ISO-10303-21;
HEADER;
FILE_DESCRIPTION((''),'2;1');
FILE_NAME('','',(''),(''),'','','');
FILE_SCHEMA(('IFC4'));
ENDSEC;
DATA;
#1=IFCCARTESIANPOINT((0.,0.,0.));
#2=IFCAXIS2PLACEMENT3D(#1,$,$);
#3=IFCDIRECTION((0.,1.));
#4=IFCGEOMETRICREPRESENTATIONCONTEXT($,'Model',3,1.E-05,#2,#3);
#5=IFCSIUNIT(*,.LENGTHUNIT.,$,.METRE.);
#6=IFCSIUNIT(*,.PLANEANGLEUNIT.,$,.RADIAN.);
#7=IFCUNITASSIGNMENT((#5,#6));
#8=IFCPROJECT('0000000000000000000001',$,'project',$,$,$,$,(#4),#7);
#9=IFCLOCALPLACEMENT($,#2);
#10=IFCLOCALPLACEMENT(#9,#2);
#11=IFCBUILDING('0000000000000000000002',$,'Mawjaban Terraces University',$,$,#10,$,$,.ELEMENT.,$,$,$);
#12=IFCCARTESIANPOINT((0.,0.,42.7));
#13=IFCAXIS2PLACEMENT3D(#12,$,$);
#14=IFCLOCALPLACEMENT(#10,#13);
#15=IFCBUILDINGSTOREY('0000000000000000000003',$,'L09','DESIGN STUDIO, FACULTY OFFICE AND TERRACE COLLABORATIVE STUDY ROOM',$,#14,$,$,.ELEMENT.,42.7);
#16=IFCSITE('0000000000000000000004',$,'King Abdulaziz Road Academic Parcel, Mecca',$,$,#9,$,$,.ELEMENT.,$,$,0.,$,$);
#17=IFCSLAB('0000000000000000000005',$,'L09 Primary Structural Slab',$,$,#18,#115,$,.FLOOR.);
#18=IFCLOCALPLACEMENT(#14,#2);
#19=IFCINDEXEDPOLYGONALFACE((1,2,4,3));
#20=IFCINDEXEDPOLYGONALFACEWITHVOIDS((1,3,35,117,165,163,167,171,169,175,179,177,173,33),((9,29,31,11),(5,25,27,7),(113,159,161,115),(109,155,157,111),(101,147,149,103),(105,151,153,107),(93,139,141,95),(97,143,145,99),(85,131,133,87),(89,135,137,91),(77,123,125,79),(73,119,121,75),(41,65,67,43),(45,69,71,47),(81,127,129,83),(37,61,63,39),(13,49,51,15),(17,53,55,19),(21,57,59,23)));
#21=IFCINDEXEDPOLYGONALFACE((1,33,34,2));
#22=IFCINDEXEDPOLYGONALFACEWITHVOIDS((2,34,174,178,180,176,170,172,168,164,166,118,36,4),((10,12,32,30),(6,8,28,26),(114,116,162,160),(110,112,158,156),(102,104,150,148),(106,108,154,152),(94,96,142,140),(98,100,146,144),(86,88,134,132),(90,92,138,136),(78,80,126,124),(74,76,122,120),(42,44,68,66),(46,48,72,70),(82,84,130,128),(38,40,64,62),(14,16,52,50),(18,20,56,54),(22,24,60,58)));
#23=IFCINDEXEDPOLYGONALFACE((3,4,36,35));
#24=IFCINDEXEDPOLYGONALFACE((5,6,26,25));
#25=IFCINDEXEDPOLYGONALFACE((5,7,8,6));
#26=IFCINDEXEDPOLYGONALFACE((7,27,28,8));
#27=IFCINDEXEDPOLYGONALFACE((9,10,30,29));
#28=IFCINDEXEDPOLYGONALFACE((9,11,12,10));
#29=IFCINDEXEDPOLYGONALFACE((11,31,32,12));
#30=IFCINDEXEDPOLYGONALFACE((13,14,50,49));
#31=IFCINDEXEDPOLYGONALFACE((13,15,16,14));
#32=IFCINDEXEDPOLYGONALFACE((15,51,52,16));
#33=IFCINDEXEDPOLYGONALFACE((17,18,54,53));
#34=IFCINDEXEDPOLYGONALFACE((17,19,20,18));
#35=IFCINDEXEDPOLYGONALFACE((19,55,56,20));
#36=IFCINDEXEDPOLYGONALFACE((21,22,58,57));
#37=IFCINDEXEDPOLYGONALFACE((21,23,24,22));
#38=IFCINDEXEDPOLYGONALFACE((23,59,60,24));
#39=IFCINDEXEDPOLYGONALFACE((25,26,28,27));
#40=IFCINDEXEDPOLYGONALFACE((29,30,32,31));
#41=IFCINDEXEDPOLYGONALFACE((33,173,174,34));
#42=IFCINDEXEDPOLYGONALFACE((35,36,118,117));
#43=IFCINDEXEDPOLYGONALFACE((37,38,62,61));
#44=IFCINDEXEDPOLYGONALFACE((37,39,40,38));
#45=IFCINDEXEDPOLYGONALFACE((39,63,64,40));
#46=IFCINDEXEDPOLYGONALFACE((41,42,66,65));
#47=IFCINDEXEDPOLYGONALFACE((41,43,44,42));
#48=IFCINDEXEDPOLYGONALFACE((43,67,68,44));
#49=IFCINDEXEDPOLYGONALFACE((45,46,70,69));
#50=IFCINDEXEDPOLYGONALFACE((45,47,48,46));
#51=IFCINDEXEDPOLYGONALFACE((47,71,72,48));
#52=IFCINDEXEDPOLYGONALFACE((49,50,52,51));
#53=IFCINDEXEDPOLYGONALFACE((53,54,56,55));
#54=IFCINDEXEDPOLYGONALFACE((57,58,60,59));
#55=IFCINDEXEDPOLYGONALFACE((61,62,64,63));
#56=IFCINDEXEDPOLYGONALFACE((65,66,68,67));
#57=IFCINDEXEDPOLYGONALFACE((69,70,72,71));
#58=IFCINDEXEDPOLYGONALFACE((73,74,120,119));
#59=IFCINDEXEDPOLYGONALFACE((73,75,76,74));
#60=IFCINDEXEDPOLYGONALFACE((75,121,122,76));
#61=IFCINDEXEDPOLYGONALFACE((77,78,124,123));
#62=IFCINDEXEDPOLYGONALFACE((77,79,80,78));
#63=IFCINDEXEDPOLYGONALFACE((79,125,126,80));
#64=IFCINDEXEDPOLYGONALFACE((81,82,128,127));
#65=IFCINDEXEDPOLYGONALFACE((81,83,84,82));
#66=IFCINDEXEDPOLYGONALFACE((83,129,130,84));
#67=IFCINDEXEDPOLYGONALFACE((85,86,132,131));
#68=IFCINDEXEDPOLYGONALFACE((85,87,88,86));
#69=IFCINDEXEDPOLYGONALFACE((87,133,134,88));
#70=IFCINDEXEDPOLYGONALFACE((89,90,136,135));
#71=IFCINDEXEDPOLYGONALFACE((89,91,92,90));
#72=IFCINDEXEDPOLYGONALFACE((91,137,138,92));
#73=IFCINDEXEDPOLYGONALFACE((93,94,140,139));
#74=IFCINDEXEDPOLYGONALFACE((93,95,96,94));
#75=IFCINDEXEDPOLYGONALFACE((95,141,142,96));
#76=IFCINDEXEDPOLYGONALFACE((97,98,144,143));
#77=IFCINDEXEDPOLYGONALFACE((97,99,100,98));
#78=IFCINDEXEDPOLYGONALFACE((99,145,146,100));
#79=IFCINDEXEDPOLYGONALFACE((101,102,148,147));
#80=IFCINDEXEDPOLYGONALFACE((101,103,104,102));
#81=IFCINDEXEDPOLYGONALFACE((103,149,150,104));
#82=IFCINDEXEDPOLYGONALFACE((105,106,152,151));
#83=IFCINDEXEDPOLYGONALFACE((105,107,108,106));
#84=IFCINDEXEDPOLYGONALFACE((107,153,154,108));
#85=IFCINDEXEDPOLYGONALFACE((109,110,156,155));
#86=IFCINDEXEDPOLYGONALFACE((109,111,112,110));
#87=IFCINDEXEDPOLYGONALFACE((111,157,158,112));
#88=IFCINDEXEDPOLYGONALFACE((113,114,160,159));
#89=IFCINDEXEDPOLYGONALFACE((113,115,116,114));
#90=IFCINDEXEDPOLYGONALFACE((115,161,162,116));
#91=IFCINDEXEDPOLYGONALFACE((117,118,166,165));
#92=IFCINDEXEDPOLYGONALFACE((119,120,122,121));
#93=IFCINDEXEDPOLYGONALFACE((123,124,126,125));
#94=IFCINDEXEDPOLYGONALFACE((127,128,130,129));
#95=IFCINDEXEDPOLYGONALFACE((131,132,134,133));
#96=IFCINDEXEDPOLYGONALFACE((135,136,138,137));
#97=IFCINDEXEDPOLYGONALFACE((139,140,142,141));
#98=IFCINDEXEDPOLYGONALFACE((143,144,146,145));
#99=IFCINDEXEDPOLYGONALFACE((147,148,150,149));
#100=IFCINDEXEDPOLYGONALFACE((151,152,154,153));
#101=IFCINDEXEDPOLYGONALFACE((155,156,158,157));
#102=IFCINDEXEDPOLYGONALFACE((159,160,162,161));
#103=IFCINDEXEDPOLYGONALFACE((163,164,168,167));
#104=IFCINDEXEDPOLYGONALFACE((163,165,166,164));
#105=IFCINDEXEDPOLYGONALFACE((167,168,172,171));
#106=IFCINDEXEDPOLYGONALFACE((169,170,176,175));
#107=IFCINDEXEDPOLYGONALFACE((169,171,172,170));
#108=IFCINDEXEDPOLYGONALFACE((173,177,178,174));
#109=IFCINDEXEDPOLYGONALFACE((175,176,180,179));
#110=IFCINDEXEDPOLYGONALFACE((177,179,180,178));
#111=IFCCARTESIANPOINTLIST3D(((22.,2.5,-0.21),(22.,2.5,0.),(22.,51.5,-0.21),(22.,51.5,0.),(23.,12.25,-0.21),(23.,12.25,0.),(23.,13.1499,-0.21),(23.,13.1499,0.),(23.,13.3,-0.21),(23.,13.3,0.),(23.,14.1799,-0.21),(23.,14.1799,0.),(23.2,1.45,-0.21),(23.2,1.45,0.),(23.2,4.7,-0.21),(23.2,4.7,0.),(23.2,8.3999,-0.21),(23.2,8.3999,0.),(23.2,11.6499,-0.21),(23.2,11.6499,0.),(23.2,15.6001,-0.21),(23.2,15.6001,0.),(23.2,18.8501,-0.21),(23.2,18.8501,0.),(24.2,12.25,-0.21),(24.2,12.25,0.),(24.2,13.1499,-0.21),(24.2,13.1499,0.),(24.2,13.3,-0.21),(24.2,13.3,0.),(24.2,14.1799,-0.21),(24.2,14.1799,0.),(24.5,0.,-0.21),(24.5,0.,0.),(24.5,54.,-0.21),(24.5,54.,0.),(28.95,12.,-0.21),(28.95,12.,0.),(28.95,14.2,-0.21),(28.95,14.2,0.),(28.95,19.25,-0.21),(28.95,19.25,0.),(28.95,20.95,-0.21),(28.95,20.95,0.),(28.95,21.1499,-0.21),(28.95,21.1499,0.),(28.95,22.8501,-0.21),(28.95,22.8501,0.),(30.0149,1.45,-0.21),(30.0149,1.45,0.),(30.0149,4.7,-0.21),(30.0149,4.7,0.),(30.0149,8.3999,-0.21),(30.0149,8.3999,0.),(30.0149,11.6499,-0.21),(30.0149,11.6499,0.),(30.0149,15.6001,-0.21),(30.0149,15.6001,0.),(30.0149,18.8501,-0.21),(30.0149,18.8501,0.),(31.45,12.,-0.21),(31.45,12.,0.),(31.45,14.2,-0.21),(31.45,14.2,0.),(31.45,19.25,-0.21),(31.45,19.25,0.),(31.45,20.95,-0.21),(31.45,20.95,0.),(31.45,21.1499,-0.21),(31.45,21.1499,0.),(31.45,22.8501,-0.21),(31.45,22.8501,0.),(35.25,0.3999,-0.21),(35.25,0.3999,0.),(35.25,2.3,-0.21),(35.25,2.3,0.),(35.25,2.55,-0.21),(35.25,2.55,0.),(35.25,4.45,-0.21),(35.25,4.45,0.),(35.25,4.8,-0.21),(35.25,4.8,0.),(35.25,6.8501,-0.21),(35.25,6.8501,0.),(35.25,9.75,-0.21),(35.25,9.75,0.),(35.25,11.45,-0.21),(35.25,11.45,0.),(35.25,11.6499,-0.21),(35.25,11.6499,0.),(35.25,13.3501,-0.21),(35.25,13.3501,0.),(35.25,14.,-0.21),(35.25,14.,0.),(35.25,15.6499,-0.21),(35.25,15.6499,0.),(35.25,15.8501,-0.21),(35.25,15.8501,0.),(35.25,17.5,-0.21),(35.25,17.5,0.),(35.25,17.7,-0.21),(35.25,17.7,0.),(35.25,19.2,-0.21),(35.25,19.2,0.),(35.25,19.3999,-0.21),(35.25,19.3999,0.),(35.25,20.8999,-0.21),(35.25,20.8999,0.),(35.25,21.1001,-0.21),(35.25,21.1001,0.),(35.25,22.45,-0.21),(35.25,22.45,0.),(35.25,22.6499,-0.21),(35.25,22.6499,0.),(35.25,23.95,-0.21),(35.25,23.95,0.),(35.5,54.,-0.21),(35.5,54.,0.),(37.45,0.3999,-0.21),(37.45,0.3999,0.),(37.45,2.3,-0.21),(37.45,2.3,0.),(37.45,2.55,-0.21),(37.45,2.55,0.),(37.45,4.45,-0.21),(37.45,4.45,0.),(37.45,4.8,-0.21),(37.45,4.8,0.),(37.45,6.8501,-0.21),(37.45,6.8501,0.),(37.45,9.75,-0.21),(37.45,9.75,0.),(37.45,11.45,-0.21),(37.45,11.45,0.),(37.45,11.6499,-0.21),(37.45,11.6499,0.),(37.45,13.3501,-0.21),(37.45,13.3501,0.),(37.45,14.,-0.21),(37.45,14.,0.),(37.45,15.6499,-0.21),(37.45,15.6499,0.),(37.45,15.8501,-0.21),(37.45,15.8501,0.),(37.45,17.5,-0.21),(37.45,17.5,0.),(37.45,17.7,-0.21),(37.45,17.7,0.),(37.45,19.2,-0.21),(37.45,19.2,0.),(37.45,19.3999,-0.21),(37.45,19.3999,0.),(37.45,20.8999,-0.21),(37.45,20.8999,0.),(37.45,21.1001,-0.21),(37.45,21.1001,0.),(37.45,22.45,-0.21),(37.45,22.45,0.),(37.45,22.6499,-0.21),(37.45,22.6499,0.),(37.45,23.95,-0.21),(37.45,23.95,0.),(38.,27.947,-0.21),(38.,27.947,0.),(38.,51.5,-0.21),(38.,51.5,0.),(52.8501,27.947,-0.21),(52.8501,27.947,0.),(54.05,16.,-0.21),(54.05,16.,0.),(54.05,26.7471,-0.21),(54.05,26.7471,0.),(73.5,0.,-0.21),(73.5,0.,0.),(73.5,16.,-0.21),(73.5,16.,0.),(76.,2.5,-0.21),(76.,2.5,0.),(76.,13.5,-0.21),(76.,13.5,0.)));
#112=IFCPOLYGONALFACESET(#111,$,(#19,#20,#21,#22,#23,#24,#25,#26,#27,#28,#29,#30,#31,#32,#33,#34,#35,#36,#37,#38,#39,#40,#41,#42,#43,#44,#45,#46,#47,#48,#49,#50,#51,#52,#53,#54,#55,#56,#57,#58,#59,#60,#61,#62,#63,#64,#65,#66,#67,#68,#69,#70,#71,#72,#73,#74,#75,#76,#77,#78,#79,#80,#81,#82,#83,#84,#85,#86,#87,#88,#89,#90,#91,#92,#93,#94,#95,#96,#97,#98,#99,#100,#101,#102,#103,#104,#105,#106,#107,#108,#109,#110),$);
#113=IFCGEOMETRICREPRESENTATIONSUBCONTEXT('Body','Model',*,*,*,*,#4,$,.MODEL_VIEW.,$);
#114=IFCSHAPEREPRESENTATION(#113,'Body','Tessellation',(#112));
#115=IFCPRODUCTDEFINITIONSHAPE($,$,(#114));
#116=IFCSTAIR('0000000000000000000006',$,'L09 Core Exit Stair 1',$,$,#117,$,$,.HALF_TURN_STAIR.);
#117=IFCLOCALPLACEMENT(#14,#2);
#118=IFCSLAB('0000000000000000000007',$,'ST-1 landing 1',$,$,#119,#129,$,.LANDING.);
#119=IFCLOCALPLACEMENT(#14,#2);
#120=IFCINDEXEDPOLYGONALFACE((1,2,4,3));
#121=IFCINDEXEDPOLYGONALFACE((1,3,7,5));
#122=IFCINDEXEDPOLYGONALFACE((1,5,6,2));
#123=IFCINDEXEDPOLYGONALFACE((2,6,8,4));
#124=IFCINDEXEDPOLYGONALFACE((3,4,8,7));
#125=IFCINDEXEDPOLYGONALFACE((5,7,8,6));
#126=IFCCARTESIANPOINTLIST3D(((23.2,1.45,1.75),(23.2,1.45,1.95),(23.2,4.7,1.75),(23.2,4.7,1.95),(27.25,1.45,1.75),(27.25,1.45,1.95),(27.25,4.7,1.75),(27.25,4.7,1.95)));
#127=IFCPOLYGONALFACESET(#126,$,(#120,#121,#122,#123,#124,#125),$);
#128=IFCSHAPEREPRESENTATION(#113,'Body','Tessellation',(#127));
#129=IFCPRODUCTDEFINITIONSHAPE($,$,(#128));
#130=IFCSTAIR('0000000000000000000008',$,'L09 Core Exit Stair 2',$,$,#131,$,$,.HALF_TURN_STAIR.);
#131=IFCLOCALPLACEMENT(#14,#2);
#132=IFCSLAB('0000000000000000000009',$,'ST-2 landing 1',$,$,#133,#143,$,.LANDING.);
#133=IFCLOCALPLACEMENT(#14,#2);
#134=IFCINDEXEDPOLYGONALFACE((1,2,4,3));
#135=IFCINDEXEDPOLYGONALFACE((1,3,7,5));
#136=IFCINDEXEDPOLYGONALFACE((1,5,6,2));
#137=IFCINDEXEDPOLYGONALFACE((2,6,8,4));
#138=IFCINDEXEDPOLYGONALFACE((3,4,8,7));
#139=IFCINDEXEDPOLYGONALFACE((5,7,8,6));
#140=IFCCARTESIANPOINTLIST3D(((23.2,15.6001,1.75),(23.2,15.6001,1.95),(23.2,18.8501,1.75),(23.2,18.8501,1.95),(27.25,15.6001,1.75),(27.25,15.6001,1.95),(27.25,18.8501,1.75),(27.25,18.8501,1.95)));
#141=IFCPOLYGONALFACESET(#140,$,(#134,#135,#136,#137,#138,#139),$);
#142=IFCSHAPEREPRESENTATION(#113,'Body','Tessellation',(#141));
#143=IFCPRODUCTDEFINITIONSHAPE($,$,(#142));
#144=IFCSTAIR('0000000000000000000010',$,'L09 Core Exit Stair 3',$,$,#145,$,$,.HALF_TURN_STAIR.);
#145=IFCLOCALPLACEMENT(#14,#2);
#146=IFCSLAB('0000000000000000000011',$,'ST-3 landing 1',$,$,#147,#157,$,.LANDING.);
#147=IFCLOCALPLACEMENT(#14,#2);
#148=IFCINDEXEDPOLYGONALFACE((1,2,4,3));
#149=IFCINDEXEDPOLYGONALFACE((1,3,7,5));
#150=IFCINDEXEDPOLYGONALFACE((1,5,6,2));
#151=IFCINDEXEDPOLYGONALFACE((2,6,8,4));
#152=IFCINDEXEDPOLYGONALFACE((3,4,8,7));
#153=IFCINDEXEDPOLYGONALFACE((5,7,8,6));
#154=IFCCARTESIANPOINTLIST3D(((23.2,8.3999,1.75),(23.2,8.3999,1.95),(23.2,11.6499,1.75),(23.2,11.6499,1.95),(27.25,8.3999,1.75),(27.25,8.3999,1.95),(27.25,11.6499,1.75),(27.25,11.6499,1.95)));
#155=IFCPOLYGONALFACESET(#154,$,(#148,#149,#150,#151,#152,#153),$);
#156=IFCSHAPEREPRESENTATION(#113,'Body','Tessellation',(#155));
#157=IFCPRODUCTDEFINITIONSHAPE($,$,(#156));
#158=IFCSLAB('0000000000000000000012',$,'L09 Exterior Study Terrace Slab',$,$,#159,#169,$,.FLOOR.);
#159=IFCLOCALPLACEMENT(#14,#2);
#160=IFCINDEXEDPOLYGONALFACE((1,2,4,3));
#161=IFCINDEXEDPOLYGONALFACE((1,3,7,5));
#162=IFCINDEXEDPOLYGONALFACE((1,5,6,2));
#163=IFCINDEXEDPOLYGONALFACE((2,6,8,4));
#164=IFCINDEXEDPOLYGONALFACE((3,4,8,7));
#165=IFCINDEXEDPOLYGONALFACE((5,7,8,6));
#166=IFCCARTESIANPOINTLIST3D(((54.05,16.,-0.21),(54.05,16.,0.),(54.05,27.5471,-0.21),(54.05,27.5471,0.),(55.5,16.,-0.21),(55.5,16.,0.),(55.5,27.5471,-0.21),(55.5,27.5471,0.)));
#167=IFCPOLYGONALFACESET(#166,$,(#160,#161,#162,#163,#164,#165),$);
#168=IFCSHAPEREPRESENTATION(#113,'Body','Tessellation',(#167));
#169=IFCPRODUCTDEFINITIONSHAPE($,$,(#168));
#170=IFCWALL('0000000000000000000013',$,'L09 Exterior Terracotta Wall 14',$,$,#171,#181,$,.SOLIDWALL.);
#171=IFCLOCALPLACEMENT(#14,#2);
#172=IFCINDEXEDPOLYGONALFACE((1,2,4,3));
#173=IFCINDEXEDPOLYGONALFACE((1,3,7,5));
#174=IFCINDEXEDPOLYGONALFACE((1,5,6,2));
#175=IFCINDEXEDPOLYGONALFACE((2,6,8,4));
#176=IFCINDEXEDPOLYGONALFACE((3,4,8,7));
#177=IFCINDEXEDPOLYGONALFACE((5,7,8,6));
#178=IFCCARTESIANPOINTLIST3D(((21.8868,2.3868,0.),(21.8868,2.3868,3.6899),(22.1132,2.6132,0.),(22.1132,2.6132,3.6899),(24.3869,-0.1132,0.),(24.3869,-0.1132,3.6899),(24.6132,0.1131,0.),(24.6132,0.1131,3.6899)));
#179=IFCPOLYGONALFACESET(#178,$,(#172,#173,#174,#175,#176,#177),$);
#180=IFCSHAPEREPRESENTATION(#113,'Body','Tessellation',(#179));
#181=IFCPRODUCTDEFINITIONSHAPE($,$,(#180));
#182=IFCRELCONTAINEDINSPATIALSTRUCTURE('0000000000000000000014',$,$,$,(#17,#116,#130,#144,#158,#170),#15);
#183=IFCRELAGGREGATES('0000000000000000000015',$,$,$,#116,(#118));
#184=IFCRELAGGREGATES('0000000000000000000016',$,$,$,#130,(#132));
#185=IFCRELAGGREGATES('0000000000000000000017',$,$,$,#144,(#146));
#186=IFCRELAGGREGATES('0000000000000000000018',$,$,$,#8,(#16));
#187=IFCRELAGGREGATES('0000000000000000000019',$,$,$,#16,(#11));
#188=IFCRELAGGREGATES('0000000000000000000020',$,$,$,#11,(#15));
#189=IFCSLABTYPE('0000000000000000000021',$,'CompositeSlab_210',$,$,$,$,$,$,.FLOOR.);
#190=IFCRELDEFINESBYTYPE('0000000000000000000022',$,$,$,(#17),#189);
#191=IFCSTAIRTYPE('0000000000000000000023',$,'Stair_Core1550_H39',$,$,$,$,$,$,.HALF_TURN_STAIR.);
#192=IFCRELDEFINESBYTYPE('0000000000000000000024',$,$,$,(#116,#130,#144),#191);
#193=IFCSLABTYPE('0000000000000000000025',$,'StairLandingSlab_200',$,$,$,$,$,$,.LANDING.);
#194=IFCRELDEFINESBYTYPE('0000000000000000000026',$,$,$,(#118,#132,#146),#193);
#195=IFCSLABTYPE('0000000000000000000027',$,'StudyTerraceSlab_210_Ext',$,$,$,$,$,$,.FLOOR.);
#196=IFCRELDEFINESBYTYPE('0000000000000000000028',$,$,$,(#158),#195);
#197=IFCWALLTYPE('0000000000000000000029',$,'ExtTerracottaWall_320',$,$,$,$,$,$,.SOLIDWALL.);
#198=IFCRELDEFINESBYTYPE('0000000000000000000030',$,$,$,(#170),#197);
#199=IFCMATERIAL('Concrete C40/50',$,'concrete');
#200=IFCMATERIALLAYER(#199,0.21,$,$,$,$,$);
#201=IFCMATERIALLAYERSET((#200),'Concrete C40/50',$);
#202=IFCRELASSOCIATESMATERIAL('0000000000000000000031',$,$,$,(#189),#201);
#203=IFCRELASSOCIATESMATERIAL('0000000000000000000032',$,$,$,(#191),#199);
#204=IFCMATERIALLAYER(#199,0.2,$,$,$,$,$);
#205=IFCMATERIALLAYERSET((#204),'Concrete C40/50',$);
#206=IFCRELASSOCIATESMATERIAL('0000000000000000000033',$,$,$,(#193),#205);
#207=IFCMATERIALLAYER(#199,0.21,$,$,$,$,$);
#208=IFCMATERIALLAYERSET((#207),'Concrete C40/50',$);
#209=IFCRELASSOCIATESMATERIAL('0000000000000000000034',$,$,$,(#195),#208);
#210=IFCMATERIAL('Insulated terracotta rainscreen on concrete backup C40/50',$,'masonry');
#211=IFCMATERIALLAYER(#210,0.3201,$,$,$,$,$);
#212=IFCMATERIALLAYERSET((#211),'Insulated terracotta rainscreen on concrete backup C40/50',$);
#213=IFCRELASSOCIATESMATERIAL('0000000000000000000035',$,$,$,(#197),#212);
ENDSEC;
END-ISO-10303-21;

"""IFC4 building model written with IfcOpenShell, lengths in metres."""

from ifc_helpers import new_model, si_unit, direction, frame, frame_2d, origin, place, context, subcontext, project, spatial, polyline, rectangle, outline, extrude, material, layer, layer_set, type_object, element, aggregate, save


model = new_model("IFC4")

# Units and contexts
model_context = context("Model", 3, precision=1e-05, world=origin(), true_north=direction((0.0, 1.0)))
body_context = subcontext(model_context, "Body", "Model", "MODEL_VIEW")
ifc_project = project(units=[si_unit("LENGTHUNIT", "METRE"), si_unit("PLANEANGLEUNIT", "RADIAN")], contexts=[model_context])

# Site, building, storey
site_placement = place(None, origin())
site = spatial("IfcSite", under=ifc_project, at=site_placement, Name="King Abdulaziz Road Academic Parcel, Mecca", CompositionType="ELEMENT", RefElevation=0.0)
building_placement = place(site_placement, origin())
building = spatial("IfcBuilding", under=site, at=building_placement, Name="Mawjaban Terraces University", CompositionType="ELEMENT")
storey_placement = place(building_placement, frame((0.0, 0.0, 42.7)))
storey = spatial("IfcBuildingStorey", under=building, at=storey_placement, Name="L09", Description="DESIGN STUDIO, FACULTY OFFICE AND TERRACE COLLABORATIVE STUDY ROOM", CompositionType="ELEMENT", Elevation=42.7)

# Slab
ifc_material_1 = material(Name="Concrete C40/50", Category="concrete")
ifc_layer_1 = layer(ifc_material_1, 0.21)
ifc_layer_set_1 = layer_set([ifc_layer_1], Name="Concrete C40/50")
slab_type_1 = type_object("IfcSlabType", Name="CompositeSlab_210", PredefinedType="FLOOR", material=ifc_layer_set_1)
slab_1_placement = place(storey_placement, frame((0.0, 0.0, -0.21)))
element("IfcSlab", 1, at=slab_1_placement, inside=storey, type_object=slab_type_1, Name="L09 Primary Structural Slab", PredefinedType="FLOOR", context=body_context, shape_type="SweptSolid", body=[
    extrude(outline(polyline([(24.5, 0.0), (73.5, 0.0), (76.0, 2.5), (76.0, 13.5), (73.5, 16.0), (54.05, 16.0), (54.05, 26.7471), (52.8501, 27.947), (38.0, 27.947), (38.0, 51.5), (35.5, 54.0), (24.5, 54.0), (22.0, 51.5), (22.0, 2.5), (24.5, 0.0)]), holes=[polyline([(30.0149, 4.7), (23.2, 4.7), (23.2, 1.45), (30.0149, 1.45), (30.0149, 4.7)]), polyline([(30.0149, 18.8501), (23.2, 18.8501), (23.2, 15.6001), (30.0149, 15.6001), (30.0149, 18.8501)]), polyline([(30.0149, 11.6499), (23.2, 11.6499), (23.2, 8.3999), (30.0149, 8.3999), (30.0149, 11.6499)]), polyline([(35.25, 0.3999), (37.45, 0.3999), (37.45, 2.3), (35.25, 2.3), (35.25, 0.3999)]), polyline([(35.25, 2.55), (37.45, 2.55), (37.45, 4.45), (35.25, 4.45), (35.25, 2.55)]), polyline([(35.25, 4.8), (37.45, 4.8), (37.45, 6.8501), (35.25, 6.8501), (35.25, 4.8)]), polyline([(35.25, 9.75), (37.45, 9.75), (37.45, 11.45), (35.25, 11.45), (35.25, 9.75)]), polyline([(35.25, 11.6499), (37.45, 11.6499), (37.45, 13.3501), (35.25, 13.3501), (35.25, 11.6499)]), polyline([(28.95, 12.0), (31.45, 12.0), (31.45, 14.2), (28.95, 14.2), (28.95, 12.0)]), polyline([(35.25, 14.0), (37.45, 14.0), (37.45, 15.6499), (35.25, 15.6499), (35.25, 14.0)]), polyline([(35.25, 15.8501), (37.45, 15.8501), (37.45, 17.5), (35.25, 17.5), (35.25, 15.8501)]), polyline([(35.25, 17.7), (37.45, 17.7), (37.45, 19.2), (35.25, 19.2), (35.25, 17.7)]), polyline([(35.25, 19.3999), (37.45, 19.3999), (37.45, 20.8999), (35.25, 20.8999), (35.25, 19.3999)]), polyline([(28.95, 19.25), (31.45, 19.25), (31.45, 20.95), (28.95, 20.95), (28.95, 19.25)]), polyline([(35.25, 21.1001), (37.45, 21.1001), (37.45, 22.45), (35.25, 22.45), (35.25, 21.1001)]), polyline([(35.25, 22.6499), (37.45, 22.6499), (37.45, 23.95), (35.25, 23.95), (35.25, 22.6499)]), polyline([(28.95, 21.1499), (31.45, 21.1499), (31.45, 22.8501), (28.95, 22.8501), (28.95, 21.1499)]), polyline([(23.0, 12.25), (24.2, 12.25), (24.2, 13.1499), (23.0, 13.1499), (23.0, 12.25)]), polyline([(23.0, 13.3), (24.2, 13.3), (24.2, 14.1799), (23.0, 14.1799), (23.0, 13.3)])]), origin(), (0.0, 0.0, 1.0), 0.21),
])

# Stairs, slabs
stair_type = type_object("IfcStairType", Name="Stair_Core1550_H39", PredefinedType="HALF_TURN_STAIR", material=ifc_material_1)
stair_1_placement = place(storey_placement, origin())
stair_1 = element("IfcStair", 2, at=stair_1_placement, inside=storey, type_object=stair_type, Name="L09 Core Exit Stair 1", PredefinedType="HALF_TURN_STAIR")
ifc_layer_2 = layer(ifc_material_1, 0.2)
ifc_layer_set_2 = layer_set([ifc_layer_2], Name="Concrete C40/50")
slab_type_2 = type_object("IfcSlabType", Name="StairLandingSlab_200", PredefinedType="LANDING", material=ifc_layer_set_2)
slab_2_placement = place(storey_placement, frame((0.0, 0.0, 1.75)))
slab_2 = element("IfcSlab", 3, at=slab_2_placement, type_object=slab_type_2, Name="ST-1 landing 1", PredefinedType="LANDING", context=body_context, shape_type="SweptSolid", body=[
    extrude(outline(polyline([(27.25, 4.7), (23.2, 4.7), (23.2, 1.45), (27.25, 1.45), (27.25, 4.7)])), origin(), (0.0, 0.0, 1.0), 0.2),
])
aggregate(stair_1, [slab_2])
stair_2_placement = place(storey_placement, origin())
stair_2 = element("IfcStair", 4, at=stair_2_placement, inside=storey, type_object=stair_type, Name="L09 Core Exit Stair 2", PredefinedType="HALF_TURN_STAIR")
slab_3_placement = place(storey_placement, frame((0.0, 0.0, 1.75)))
slab_3 = element("IfcSlab", 5, at=slab_3_placement, type_object=slab_type_2, Name="ST-2 landing 1", PredefinedType="LANDING", context=body_context, shape_type="SweptSolid", body=[
    extrude(outline(polyline([(27.25, 18.8501), (23.2, 18.8501), (23.2, 15.6001), (27.25, 15.6001), (27.25, 18.8501)])), origin(), (0.0, 0.0, 1.0), 0.2),
])
aggregate(stair_2, [slab_3])
stair_3_placement = place(storey_placement, origin())
stair_3 = element("IfcStair", 6, at=stair_3_placement, inside=storey, type_object=stair_type, Name="L09 Core Exit Stair 3", PredefinedType="HALF_TURN_STAIR")
slab_4_placement = place(storey_placement, frame((0.0, 0.0, 1.75)))
slab_4 = element("IfcSlab", 7, at=slab_4_placement, type_object=slab_type_2, Name="ST-3 landing 1", PredefinedType="LANDING", context=body_context, shape_type="SweptSolid", body=[
    extrude(outline(polyline([(27.25, 11.6499), (23.2, 11.6499), (23.2, 8.3999), (27.25, 8.3999), (27.25, 11.6499)])), origin(), (0.0, 0.0, 1.0), 0.2),
])
aggregate(stair_3, [slab_4])

# Slab
ifc_layer_3 = layer(ifc_material_1, 0.21)
ifc_layer_set_3 = layer_set([ifc_layer_3], Name="Concrete C40/50")
slab_type_3 = type_object("IfcSlabType", Name="StudyTerraceSlab_210_Ext", PredefinedType="FLOOR", material=ifc_layer_set_3)
slab_5_placement = place(storey_placement, frame((0.0, 0.0, -0.21)))
element("IfcSlab", 8, at=slab_5_placement, inside=storey, type_object=slab_type_3, Name="L09 Exterior Study Terrace Slab", PredefinedType="FLOOR", context=body_context, shape_type="SweptSolid", body=[
    extrude(outline(polyline([(54.05, 16.0), (55.5, 16.0), (55.5, 27.5471), (54.05, 27.5471), (54.05, 16.0)])), origin(), (0.0, 0.0, 1.0), 0.21),
])

# Wall
ifc_material_2 = material(Name="Insulated terracotta rainscreen on concrete backup C40/50", Category="masonry")
ifc_layer_4 = layer(ifc_material_2, 0.3201)
ifc_layer_set_4 = layer_set([ifc_layer_4], Name="Insulated terracotta rainscreen on concrete backup C40/50")
wall_type_1 = type_object("IfcWallType", Name="ExtTerracottaWall_320", PredefinedType="SOLIDWALL", material=ifc_layer_set_4)
wall_1_placement = place(storey_placement, frame((22.0, 2.5, 0.0), z_axis=(0.0, 0.0, 1.0), x_axis=(0.707107, -0.707107, 0.0)))
element("IfcWall", 9, at=wall_1_placement, inside=storey, type_object=wall_type_1, Name="L09 Exterior Terracotta Wall 14", PredefinedType="SOLIDWALL", context=body_context, shape_type="SweptSolid", body=[
    extrude(rectangle(XDim=3.5356, YDim=0.3201, at=frame_2d((1.7678, 0.0))), origin(), (0.0, 0.0, 1.0), 3.6899),
])

save(model, "model.ifc")
